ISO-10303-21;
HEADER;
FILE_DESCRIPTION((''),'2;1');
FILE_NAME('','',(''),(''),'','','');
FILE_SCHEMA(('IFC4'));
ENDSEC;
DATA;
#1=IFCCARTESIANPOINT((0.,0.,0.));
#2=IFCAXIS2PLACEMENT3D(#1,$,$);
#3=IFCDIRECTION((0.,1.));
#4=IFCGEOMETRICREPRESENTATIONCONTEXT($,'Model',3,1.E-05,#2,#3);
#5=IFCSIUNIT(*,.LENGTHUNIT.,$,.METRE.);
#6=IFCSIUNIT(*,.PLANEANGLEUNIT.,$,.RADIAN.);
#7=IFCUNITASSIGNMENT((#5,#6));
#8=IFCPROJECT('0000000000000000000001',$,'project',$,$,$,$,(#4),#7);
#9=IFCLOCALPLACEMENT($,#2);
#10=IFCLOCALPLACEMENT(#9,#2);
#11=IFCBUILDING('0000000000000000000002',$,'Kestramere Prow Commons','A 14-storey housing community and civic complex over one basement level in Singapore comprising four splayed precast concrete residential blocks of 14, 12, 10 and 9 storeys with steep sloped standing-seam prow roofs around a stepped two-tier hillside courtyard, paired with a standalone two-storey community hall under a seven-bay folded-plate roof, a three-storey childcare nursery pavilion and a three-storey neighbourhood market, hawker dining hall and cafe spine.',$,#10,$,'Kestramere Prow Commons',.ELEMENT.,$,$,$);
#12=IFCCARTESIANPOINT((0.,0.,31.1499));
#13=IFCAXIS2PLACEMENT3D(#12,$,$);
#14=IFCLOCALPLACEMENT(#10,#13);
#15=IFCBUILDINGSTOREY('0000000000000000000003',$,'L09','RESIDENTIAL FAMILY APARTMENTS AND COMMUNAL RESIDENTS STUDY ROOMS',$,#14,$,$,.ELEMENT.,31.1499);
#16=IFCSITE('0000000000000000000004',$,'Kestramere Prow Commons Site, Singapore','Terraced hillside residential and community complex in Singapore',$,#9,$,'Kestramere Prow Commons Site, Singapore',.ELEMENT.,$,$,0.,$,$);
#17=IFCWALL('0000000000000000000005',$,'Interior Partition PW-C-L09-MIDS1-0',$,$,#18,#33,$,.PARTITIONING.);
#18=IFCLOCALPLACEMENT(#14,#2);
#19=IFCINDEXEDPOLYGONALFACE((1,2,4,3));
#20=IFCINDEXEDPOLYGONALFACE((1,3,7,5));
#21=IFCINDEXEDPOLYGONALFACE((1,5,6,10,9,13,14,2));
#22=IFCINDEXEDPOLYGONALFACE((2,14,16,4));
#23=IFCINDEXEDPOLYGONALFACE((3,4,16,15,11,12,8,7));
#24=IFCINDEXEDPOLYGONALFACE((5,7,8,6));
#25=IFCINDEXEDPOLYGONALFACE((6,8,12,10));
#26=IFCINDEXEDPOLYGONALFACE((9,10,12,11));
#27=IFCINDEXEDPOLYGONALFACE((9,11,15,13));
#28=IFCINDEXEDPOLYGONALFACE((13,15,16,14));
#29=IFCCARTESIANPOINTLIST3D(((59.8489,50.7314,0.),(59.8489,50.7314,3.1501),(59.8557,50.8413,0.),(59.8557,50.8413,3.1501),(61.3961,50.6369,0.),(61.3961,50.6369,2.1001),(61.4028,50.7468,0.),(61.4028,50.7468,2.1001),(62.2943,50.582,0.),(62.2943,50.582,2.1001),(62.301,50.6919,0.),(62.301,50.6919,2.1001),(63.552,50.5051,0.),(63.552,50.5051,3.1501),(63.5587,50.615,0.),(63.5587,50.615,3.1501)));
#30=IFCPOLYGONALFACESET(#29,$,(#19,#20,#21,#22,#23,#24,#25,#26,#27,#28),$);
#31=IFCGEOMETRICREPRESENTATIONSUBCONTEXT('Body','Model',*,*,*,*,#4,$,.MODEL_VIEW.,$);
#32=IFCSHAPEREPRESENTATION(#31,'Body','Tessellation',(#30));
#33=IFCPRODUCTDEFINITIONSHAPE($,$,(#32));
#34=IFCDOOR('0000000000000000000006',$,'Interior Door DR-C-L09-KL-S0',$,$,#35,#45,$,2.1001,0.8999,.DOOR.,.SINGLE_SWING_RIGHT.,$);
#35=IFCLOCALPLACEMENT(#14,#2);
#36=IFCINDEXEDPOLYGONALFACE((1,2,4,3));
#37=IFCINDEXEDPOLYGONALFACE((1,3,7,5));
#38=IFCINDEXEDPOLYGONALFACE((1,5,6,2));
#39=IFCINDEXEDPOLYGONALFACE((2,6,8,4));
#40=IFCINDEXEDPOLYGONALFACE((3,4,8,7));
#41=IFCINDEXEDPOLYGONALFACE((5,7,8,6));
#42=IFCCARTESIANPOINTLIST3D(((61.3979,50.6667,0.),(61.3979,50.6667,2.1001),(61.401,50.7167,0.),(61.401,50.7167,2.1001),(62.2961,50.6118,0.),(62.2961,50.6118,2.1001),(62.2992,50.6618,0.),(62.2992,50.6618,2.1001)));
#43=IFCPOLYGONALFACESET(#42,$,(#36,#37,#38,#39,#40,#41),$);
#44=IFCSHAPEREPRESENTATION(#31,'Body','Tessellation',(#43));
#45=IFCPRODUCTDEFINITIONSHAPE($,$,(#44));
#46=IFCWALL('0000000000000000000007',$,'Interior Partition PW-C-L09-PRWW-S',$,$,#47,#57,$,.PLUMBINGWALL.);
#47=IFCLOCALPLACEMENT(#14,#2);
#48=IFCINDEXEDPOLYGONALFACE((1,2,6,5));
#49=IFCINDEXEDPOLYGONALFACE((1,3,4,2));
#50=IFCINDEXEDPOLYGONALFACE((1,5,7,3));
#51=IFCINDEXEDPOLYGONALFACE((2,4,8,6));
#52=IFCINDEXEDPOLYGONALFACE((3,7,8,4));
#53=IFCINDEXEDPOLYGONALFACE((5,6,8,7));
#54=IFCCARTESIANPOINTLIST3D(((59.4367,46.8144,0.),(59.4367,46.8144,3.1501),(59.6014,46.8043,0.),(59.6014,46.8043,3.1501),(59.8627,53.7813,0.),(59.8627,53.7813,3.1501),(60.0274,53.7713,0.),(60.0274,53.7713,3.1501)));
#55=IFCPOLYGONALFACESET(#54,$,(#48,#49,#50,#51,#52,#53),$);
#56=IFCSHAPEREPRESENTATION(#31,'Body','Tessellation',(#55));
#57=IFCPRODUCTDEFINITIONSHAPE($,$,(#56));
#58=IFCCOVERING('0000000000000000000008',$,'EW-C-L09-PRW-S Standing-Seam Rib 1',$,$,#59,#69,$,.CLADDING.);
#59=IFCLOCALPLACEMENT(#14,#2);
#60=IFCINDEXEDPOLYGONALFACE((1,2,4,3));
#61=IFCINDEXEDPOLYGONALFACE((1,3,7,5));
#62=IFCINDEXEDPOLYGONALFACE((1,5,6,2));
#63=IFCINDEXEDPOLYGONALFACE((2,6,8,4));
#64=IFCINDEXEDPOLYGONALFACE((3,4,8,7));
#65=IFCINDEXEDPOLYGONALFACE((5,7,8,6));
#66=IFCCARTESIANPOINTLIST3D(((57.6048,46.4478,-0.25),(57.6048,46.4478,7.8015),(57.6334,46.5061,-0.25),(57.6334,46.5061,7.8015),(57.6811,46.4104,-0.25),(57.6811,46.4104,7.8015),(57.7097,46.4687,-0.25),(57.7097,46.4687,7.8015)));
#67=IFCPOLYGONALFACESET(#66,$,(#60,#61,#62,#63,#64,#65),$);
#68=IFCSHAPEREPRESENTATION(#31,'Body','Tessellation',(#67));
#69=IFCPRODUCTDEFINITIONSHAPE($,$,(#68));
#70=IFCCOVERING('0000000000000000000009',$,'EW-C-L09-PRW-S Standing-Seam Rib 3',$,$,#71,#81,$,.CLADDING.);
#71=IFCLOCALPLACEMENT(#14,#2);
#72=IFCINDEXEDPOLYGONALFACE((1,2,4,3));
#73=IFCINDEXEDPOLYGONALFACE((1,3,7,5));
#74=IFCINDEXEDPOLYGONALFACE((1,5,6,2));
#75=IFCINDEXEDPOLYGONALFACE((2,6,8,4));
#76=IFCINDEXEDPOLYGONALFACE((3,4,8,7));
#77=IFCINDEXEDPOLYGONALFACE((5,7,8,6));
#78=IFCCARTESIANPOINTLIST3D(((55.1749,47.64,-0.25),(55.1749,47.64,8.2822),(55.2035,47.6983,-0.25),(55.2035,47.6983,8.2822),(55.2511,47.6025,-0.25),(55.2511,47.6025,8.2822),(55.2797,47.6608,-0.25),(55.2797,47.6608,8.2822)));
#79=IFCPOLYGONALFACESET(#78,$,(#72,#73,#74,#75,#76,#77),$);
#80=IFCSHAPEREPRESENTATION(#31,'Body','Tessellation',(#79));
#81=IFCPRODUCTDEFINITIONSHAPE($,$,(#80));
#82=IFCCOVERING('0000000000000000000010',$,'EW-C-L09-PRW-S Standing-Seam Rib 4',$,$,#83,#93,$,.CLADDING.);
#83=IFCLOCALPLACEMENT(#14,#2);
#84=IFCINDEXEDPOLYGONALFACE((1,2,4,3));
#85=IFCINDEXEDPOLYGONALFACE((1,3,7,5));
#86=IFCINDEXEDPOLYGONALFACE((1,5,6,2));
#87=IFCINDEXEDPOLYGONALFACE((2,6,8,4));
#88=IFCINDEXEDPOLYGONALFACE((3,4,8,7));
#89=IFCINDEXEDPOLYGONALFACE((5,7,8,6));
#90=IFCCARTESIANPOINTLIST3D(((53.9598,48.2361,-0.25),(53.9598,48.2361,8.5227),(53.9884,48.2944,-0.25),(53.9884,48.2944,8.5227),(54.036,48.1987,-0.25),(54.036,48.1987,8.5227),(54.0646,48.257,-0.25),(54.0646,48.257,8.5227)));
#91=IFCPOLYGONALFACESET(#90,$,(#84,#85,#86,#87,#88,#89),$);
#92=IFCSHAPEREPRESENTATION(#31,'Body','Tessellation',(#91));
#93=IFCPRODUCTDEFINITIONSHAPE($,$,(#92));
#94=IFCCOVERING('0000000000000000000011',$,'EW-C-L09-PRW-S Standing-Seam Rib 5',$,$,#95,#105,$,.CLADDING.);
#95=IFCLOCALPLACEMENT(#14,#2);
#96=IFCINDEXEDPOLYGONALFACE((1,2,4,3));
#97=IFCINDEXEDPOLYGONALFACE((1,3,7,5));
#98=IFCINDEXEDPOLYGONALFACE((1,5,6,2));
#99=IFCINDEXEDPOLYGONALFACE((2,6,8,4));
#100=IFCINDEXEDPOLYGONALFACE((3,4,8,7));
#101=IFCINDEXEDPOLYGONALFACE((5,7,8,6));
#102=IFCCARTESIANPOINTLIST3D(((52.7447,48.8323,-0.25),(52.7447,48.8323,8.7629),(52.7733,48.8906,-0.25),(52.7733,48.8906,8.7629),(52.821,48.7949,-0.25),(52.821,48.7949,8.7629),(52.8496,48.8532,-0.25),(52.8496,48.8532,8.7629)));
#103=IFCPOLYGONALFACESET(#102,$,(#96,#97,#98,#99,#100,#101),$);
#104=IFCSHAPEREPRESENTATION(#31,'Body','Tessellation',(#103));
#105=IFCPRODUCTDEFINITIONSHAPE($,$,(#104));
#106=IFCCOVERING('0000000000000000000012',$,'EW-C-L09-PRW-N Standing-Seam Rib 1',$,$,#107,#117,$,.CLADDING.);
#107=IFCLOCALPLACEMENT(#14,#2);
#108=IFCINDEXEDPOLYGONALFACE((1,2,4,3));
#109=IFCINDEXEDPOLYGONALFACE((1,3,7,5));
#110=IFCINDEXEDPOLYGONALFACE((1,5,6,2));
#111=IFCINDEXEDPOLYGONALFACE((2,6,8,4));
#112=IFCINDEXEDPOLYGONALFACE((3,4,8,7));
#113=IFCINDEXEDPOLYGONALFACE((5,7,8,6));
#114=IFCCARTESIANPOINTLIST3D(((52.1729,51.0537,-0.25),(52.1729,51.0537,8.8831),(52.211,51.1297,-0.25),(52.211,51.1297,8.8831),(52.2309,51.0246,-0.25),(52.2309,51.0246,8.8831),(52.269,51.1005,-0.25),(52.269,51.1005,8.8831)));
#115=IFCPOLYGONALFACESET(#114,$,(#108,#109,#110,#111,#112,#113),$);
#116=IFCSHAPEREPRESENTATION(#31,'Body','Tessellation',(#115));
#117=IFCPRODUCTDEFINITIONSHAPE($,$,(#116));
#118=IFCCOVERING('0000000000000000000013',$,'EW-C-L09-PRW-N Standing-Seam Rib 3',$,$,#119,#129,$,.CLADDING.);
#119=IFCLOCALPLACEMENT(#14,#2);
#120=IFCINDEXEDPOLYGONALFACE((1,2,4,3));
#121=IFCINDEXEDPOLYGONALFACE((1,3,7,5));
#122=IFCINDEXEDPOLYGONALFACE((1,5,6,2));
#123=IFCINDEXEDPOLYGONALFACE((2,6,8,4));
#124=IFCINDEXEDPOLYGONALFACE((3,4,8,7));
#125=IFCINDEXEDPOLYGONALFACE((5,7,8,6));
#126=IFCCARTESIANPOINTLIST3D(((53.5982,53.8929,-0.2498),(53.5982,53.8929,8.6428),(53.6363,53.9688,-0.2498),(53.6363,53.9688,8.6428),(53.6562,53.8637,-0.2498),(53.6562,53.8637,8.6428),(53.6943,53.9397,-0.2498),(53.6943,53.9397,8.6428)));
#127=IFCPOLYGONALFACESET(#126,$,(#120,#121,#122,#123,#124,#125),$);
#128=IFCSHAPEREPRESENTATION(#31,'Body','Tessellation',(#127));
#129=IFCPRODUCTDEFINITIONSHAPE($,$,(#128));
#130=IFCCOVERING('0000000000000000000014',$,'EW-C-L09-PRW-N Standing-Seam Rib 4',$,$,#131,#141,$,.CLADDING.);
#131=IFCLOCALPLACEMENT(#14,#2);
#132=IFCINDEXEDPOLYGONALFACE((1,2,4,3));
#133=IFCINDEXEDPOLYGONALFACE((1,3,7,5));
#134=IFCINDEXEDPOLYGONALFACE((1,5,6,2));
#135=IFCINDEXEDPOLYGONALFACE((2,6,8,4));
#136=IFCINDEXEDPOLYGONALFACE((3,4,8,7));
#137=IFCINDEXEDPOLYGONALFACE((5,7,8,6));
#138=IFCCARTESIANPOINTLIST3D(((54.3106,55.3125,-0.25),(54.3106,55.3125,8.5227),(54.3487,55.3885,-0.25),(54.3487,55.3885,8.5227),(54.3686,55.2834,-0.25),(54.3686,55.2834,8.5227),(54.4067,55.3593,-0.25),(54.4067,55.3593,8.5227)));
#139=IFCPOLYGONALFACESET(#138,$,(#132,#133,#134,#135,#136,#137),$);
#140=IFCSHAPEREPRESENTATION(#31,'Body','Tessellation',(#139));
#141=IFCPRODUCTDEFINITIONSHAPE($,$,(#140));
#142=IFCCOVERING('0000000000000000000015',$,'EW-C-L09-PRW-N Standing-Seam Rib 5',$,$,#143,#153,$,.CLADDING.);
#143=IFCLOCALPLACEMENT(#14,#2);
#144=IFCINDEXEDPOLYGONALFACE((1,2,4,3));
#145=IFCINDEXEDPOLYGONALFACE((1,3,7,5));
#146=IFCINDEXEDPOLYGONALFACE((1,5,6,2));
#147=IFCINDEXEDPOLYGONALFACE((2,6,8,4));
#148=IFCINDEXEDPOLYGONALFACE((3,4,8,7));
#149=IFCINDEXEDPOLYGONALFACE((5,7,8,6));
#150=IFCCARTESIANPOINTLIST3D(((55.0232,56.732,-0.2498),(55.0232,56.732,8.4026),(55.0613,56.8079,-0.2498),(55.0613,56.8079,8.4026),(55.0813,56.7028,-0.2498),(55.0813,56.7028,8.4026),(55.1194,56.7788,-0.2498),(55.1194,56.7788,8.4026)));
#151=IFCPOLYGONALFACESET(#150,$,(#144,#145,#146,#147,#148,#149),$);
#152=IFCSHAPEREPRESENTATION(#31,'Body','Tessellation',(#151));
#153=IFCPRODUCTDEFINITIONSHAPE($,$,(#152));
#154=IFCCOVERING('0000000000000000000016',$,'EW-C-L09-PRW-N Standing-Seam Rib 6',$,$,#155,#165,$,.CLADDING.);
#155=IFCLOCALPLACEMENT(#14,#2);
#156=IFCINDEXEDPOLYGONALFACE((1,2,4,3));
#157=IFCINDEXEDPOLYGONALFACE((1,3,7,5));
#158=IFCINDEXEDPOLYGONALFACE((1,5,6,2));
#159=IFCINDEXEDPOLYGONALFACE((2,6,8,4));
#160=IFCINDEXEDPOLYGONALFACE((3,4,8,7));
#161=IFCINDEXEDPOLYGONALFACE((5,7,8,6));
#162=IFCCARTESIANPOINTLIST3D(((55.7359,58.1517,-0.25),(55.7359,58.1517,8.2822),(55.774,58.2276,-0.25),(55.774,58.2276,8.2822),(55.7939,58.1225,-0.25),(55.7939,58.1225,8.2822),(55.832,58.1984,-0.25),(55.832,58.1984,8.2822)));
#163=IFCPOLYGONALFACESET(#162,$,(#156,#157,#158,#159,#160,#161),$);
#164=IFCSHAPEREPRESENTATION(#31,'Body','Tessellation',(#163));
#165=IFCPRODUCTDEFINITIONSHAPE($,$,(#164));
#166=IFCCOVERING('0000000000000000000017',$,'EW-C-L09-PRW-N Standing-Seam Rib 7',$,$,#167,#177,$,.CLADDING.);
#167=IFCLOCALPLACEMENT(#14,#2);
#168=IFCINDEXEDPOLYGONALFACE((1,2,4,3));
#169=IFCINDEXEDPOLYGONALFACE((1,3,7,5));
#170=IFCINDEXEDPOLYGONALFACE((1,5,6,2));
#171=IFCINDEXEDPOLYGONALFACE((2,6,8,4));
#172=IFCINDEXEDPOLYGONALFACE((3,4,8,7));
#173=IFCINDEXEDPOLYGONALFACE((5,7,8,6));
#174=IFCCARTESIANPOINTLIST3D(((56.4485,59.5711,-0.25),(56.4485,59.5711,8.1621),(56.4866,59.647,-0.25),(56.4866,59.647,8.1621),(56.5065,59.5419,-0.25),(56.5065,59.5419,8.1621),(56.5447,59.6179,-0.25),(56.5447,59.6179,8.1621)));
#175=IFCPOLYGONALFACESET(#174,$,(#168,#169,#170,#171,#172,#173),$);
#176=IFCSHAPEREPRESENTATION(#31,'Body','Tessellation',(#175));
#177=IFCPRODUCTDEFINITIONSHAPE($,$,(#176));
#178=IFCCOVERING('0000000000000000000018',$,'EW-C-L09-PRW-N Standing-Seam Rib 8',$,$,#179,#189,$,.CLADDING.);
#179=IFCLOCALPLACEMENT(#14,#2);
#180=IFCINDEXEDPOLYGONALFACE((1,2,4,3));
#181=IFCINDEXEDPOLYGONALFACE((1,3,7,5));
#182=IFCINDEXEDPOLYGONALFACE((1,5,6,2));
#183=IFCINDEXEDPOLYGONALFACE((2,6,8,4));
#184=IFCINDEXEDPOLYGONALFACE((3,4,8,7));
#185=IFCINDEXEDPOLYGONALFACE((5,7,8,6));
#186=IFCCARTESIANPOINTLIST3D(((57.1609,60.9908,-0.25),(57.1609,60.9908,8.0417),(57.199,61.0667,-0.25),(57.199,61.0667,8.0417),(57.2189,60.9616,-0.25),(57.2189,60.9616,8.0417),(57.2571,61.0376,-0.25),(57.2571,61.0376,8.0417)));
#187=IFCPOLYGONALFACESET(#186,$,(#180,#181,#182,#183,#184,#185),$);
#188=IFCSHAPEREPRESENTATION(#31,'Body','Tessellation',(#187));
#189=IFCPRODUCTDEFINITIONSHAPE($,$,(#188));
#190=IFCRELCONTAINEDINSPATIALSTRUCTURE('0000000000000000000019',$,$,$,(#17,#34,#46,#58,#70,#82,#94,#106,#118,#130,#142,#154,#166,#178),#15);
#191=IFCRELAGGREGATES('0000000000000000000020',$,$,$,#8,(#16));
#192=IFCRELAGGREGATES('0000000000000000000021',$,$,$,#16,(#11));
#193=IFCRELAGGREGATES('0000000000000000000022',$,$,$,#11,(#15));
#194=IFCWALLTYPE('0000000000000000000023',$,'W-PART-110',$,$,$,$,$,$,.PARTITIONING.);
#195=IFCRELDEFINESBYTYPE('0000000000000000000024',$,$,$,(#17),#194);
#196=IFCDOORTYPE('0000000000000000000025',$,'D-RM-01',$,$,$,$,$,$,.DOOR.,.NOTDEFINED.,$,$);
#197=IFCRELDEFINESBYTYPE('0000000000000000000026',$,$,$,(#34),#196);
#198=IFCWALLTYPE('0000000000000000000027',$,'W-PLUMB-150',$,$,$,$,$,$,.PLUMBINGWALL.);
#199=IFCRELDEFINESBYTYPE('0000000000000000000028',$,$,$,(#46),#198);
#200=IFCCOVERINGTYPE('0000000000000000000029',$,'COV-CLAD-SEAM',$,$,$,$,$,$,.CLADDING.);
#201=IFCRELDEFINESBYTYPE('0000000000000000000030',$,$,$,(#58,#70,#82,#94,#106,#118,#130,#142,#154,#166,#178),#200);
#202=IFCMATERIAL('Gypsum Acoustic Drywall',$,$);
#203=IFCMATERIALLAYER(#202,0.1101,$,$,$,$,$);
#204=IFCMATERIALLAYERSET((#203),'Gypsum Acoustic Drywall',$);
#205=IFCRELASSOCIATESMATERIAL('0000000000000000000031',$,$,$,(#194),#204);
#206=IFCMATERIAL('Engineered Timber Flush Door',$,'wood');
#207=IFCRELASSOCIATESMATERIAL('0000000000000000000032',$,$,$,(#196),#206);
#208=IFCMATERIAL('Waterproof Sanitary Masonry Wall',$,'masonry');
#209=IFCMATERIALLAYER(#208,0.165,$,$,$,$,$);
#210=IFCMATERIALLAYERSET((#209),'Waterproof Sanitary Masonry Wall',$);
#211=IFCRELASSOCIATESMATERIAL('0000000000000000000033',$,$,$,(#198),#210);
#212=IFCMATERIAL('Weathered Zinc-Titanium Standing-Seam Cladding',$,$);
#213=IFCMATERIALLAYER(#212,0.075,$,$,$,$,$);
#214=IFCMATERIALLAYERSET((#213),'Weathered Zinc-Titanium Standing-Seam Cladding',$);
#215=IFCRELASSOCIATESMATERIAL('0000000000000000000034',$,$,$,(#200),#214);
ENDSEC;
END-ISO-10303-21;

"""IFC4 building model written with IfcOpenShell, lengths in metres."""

from ifc_helpers import new_model, si_unit, direction, frame, frame_2d, origin, origin_2d, place, context, subcontext, project, spatial, rectangle, extrude, material, layer, layer_set, type_object, element, fill, save


model = new_model("IFC4")

# Units and contexts
model_context = context("Model", 3, precision=1e-05, world=origin(), true_north=direction((0.0, 1.0)))
body_context = subcontext(model_context, "Body", "Model", "MODEL_VIEW")
ifc_project = project(units=[si_unit("LENGTHUNIT", "METRE"), si_unit("PLANEANGLEUNIT", "RADIAN")], contexts=[model_context])

# Site, building, storey
site_placement = place(None, origin())
site = spatial("IfcSite", under=ifc_project, at=site_placement, Name="Kestramere Prow Commons Site, Singapore", Description="Terraced hillside residential and community complex in Singapore", LongName="Kestramere Prow Commons Site, Singapore", CompositionType="ELEMENT", RefElevation=0.0)
building_placement = place(site_placement, origin())
building = spatial("IfcBuilding", under=site, at=building_placement, Name="Kestramere Prow Commons", Description="A 14-storey housing community and civic complex over one basement level in Singapore comprising four splayed precast concrete residential blocks of 14, 12, 10 and 9 storeys with steep sloped standing-seam prow roofs around a stepped two-tier hillside courtyard, paired with a standalone two-storey community hall under a seven-bay folded-plate roof, a three-storey childcare nursery pavilion and a three-storey neighbourhood market, hawker dining hall and cafe spine.", LongName="Kestramere Prow Commons", CompositionType="ELEMENT")
storey_placement = place(building_placement, frame((0.0, 0.0, 31.1499)))
storey = spatial("IfcBuildingStorey", under=building, at=storey_placement, Name="L09", Description="RESIDENTIAL FAMILY APARTMENTS AND COMMUNAL RESIDENTS STUDY ROOMS", CompositionType="ELEMENT", Elevation=31.1499)

# Shared definitions
ifc_material_1 = material(Name="Weathered Zinc-Titanium Standing-Seam Cladding")

# Wall, opening, door
ifc_material_2 = material(Name="Gypsum Acoustic Drywall")
ifc_layer_1 = layer(ifc_material_2, 0.1101)
ifc_layer_set_1 = layer_set([ifc_layer_1], Name="Gypsum Acoustic Drywall")
wall_type_1 = type_object("IfcWallType", Name="W-PART-110", PredefinedType="PARTITIONING", material=ifc_layer_set_1)
wall_1_placement = place(storey_placement, frame((59.8523, 50.7864, 0.0), z_axis=(0.0, 0.0, 1.0), x_axis=(0.998138, -0.061002, 0.0)))
wall_1 = element("IfcWall", 1, at=wall_1_placement, inside=storey, type_object=wall_type_1, Name="Interior Partition PW-C-L09-MIDS1-0", PredefinedType="PARTITIONING", context=body_context, shape_type="SweptSolid", body=[
    extrude(rectangle(XDim=3.71, YDim=0.1101, at=frame_2d((1.855, 0.0))), origin(), (0.0, 0.0, 1.0), 3.1501),
])
opening_1_placement = place(wall_1_placement, frame((1.55, 0.0, 0.0)))
opening_1 = element("IfcOpeningElement", 2, at=opening_1_placement, cuts=wall_1, PredefinedType="OPENING", context=body_context, shape_type="SweptSolid", body=[
    extrude(rectangle(XDim=0.8999, YDim=2.1001, at=frame_2d((0.45, 1.05))), frame((0.0, 0.0701, 0.0), z_axis=(0.0, -1.0, 0.0), x_axis=(1.0, 0.0, 0.0)), (0.0, 0.0, 1.0), 0.1401),
])
ifc_material_3 = material(Name="Engineered Timber Flush Door", Category="wood")
door_type = type_object("IfcDoorType", Name="D-RM-01", OperationType="NOTDEFINED", PredefinedType="DOOR", material=ifc_material_3)
door_placement = place(opening_1_placement, origin())
door = element("IfcDoor", 3, at=door_placement, inside=storey, type_object=door_type, Name="Interior Door DR-C-L09-KL-S0", OperationType="SINGLE_SWING_RIGHT", OverallHeight=2.1001, OverallWidth=0.8999, PredefinedType="DOOR", context=body_context, shape_type="SweptSolid", body=[
    extrude(rectangle(XDim=0.8999, YDim=2.1001, at=frame_2d((0.45, 1.05))), frame((0.0, 0.0249, 0.0), z_axis=(0.0, -1.0, 0.0), x_axis=(1.0, 0.0, 0.0)), (0.0, 0.0, 1.0), 0.05),
])
fill(opening_1, door)

# Wall
ifc_material_4 = material(Name="Waterproof Sanitary Masonry Wall", Category="masonry")
ifc_layer_2 = layer(ifc_material_4, 0.165)
ifc_layer_set_2 = layer_set([ifc_layer_2], Name="Waterproof Sanitary Masonry Wall")
wall_type_2 = type_object("IfcWallType", Name="W-PLUMB-150", PredefinedType="PLUMBINGWALL", material=ifc_layer_set_2)
wall_2_placement = place(storey_placement, frame((59.519, 46.8093, 0.0), z_axis=(0.0, 0.0, 1.0), x_axis=(0.061035, 0.998136, 0.0)))
element("IfcWall", 4, at=wall_2_placement, inside=storey, type_object=wall_type_2, Name="Interior Partition PW-C-L09-PRWW-S", PredefinedType="PLUMBINGWALL", context=body_context, shape_type="SweptSolid", body=[
    extrude(rectangle(XDim=6.98, YDim=0.165, at=frame_2d((3.49, 0.0))), origin(), (0.0, 0.0, 1.0), 3.1501),
])

# Coverings
ifc_layer_3 = layer(ifc_material_1, 0.075)
ifc_layer_set_3 = layer_set([ifc_layer_3], Name="Weathered Zinc-Titanium Standing-Seam Cladding")
covering_type = type_object("IfcCoveringType", Name="COV-CLAD-SEAM", PredefinedType="CLADDING", material=ifc_layer_set_3)
covering_1_placement = place(storey_placement, frame((57.6572, 46.4583, -0.25), z_axis=(0.0, 0.0, 1.0), x_axis=(-0.897771, 0.440463, 0.0)))
element("IfcCovering", 5, at=covering_1_placement, inside=storey, type_object=covering_type, Name="EW-C-L09-PRW-S Standing-Seam Rib 1", PredefinedType="CLADDING", context=body_context, shape_type="SweptSolid", body=[
    extrude(rectangle(XDim=0.085, YDim=0.0649, at=origin_2d()), origin(), (0.0, 0.0, 1.0), 8.0515),
])
covering_2_placement = place(storey_placement, frame((55.2273, 47.6504, -0.25), z_axis=(0.0, 0.0, 1.0), x_axis=(-0.897771, 0.440463, 0.0)))
element("IfcCovering", 6, at=covering_2_placement, inside=storey, type_object=covering_type, Name="EW-C-L09-PRW-S Standing-Seam Rib 3", PredefinedType="CLADDING", context=body_context, shape_type="SweptSolid", body=[
    extrude(rectangle(XDim=0.085, YDim=0.0649, at=origin_2d()), origin(), (0.0, 0.0, 1.0), 8.5322),
])
covering_3_placement = place(storey_placement, frame((54.0122, 48.2466, -0.25), z_axis=(0.0, 0.0, 1.0), x_axis=(-0.897771, 0.440463, 0.0)))
element("IfcCovering", 7, at=covering_3_placement, inside=storey, type_object=covering_type, Name="EW-C-L09-PRW-S Standing-Seam Rib 4", PredefinedType="CLADDING", context=body_context, shape_type="SweptSolid", body=[
    extrude(rectangle(XDim=0.085, YDim=0.0649, at=origin_2d()), origin(), (0.0, 0.0, 1.0), 8.7727),
])
covering_4_placement = place(storey_placement, frame((52.7971, 48.8428, -0.25), z_axis=(0.0, 0.0, 1.0), x_axis=(-0.897771, 0.440463, 0.0)))
element("IfcCovering", 8, at=covering_4_placement, inside=storey, type_object=covering_type, Name="EW-C-L09-PRW-S Standing-Seam Rib 5", PredefinedType="CLADDING", context=body_context, shape_type="SweptSolid", body=[
    extrude(rectangle(XDim=0.085, YDim=0.0649, at=origin_2d()), origin(), (0.0, 0.0, 1.0), 9.0129),
])
covering_5_placement = place(storey_placement, frame((52.2209, 51.0771, -0.25), z_axis=(0.0, 0.0, 1.0), x_axis=(0.44862, 0.893722, 0.0)))
element("IfcCovering", 9, at=covering_5_placement, inside=storey, type_object=covering_type, Name="EW-C-L09-PRW-N Standing-Seam Rib 1", PredefinedType="CLADDING", context=body_context, shape_type="SweptSolid", body=[
    extrude(rectangle(XDim=0.085, YDim=0.0649, at=origin_2d()), origin(), (0.0, 0.0, 1.0), 9.1331),
])
covering_6_placement = place(storey_placement, frame((53.6462, 53.9163, -0.2498), z_axis=(0.0, 0.0, 1.0), x_axis=(0.44862, 0.893722, 0.0)))
element("IfcCovering", 10, at=covering_6_placement, inside=storey, type_object=covering_type, Name="EW-C-L09-PRW-N Standing-Seam Rib 3", PredefinedType="CLADDING", context=body_context, shape_type="SweptSolid", body=[
    extrude(rectangle(XDim=0.085, YDim=0.0649, at=origin_2d()), origin(), (0.0, 0.0, 1.0), 8.8926),
])
covering_7_placement = place(storey_placement, frame((54.3586, 55.3359, -0.25), z_axis=(0.0, 0.0, 1.0), x_axis=(0.44862, 0.893722, 0.0)))
element("IfcCovering", 11, at=covering_7_placement, inside=storey, type_object=covering_type, Name="EW-C-L09-PRW-N Standing-Seam Rib 4", PredefinedType="CLADDING", context=body_context, shape_type="SweptSolid", body=[
    extrude(rectangle(XDim=0.085, YDim=0.0649, at=origin_2d()), origin(), (0.0, 0.0, 1.0), 8.7727),
])
covering_8_placement = place(storey_placement, frame((55.0713, 56.7554, -0.2498), z_axis=(0.0, 0.0, 1.0), x_axis=(0.44862, 0.893722, 0.0)))
element("IfcCovering", 12, at=covering_8_placement, inside=storey, type_object=covering_type, Name="EW-C-L09-PRW-N Standing-Seam Rib 5", PredefinedType="CLADDING", context=body_context, shape_type="SweptSolid", body=[
    extrude(rectangle(XDim=0.085, YDim=0.0649, at=origin_2d()), origin(), (0.0, 0.0, 1.0), 8.6523),
])
covering_9_placement = place(storey_placement, frame((55.7839, 58.175, -0.25), z_axis=(0.0, 0.0, 1.0), x_axis=(0.44862, 0.893722, 0.0)))
element("IfcCovering", 13, at=covering_9_placement, inside=storey, type_object=covering_type, Name="EW-C-L09-PRW-N Standing-Seam Rib 6", PredefinedType="CLADDING", context=body_context, shape_type="SweptSolid", body=[
    extrude(rectangle(XDim=0.085, YDim=0.0649, at=origin_2d()), origin(), (0.0, 0.0, 1.0), 8.5322),
])
covering_10_placement = place(storey_placement, frame((56.4966, 59.5945, -0.25), z_axis=(0.0, 0.0, 1.0), x_axis=(0.44862, 0.893722, 0.0)))
element("IfcCovering", 14, at=covering_10_placement, inside=storey, type_object=covering_type, Name="EW-C-L09-PRW-N Standing-Seam Rib 7", PredefinedType="CLADDING", context=body_context, shape_type="SweptSolid", body=[
    extrude(rectangle(XDim=0.085, YDim=0.0649, at=origin_2d()), origin(), (0.0, 0.0, 1.0), 8.4121),
])
covering_11_placement = place(storey_placement, frame((57.209, 61.0142, -0.25), z_axis=(0.0, 0.0, 1.0), x_axis=(0.44862, 0.893722, 0.0)))
element("IfcCovering", 15, at=covering_11_placement, inside=storey, type_object=covering_type, Name="EW-C-L09-PRW-N Standing-Seam Rib 8", PredefinedType="CLADDING", context=body_context, shape_type="SweptSolid", body=[
    extrude(rectangle(XDim=0.085, YDim=0.0649, at=origin_2d()), origin(), (0.0, 0.0, 1.0), 8.2917),
])

save(model, "model.ifc")
